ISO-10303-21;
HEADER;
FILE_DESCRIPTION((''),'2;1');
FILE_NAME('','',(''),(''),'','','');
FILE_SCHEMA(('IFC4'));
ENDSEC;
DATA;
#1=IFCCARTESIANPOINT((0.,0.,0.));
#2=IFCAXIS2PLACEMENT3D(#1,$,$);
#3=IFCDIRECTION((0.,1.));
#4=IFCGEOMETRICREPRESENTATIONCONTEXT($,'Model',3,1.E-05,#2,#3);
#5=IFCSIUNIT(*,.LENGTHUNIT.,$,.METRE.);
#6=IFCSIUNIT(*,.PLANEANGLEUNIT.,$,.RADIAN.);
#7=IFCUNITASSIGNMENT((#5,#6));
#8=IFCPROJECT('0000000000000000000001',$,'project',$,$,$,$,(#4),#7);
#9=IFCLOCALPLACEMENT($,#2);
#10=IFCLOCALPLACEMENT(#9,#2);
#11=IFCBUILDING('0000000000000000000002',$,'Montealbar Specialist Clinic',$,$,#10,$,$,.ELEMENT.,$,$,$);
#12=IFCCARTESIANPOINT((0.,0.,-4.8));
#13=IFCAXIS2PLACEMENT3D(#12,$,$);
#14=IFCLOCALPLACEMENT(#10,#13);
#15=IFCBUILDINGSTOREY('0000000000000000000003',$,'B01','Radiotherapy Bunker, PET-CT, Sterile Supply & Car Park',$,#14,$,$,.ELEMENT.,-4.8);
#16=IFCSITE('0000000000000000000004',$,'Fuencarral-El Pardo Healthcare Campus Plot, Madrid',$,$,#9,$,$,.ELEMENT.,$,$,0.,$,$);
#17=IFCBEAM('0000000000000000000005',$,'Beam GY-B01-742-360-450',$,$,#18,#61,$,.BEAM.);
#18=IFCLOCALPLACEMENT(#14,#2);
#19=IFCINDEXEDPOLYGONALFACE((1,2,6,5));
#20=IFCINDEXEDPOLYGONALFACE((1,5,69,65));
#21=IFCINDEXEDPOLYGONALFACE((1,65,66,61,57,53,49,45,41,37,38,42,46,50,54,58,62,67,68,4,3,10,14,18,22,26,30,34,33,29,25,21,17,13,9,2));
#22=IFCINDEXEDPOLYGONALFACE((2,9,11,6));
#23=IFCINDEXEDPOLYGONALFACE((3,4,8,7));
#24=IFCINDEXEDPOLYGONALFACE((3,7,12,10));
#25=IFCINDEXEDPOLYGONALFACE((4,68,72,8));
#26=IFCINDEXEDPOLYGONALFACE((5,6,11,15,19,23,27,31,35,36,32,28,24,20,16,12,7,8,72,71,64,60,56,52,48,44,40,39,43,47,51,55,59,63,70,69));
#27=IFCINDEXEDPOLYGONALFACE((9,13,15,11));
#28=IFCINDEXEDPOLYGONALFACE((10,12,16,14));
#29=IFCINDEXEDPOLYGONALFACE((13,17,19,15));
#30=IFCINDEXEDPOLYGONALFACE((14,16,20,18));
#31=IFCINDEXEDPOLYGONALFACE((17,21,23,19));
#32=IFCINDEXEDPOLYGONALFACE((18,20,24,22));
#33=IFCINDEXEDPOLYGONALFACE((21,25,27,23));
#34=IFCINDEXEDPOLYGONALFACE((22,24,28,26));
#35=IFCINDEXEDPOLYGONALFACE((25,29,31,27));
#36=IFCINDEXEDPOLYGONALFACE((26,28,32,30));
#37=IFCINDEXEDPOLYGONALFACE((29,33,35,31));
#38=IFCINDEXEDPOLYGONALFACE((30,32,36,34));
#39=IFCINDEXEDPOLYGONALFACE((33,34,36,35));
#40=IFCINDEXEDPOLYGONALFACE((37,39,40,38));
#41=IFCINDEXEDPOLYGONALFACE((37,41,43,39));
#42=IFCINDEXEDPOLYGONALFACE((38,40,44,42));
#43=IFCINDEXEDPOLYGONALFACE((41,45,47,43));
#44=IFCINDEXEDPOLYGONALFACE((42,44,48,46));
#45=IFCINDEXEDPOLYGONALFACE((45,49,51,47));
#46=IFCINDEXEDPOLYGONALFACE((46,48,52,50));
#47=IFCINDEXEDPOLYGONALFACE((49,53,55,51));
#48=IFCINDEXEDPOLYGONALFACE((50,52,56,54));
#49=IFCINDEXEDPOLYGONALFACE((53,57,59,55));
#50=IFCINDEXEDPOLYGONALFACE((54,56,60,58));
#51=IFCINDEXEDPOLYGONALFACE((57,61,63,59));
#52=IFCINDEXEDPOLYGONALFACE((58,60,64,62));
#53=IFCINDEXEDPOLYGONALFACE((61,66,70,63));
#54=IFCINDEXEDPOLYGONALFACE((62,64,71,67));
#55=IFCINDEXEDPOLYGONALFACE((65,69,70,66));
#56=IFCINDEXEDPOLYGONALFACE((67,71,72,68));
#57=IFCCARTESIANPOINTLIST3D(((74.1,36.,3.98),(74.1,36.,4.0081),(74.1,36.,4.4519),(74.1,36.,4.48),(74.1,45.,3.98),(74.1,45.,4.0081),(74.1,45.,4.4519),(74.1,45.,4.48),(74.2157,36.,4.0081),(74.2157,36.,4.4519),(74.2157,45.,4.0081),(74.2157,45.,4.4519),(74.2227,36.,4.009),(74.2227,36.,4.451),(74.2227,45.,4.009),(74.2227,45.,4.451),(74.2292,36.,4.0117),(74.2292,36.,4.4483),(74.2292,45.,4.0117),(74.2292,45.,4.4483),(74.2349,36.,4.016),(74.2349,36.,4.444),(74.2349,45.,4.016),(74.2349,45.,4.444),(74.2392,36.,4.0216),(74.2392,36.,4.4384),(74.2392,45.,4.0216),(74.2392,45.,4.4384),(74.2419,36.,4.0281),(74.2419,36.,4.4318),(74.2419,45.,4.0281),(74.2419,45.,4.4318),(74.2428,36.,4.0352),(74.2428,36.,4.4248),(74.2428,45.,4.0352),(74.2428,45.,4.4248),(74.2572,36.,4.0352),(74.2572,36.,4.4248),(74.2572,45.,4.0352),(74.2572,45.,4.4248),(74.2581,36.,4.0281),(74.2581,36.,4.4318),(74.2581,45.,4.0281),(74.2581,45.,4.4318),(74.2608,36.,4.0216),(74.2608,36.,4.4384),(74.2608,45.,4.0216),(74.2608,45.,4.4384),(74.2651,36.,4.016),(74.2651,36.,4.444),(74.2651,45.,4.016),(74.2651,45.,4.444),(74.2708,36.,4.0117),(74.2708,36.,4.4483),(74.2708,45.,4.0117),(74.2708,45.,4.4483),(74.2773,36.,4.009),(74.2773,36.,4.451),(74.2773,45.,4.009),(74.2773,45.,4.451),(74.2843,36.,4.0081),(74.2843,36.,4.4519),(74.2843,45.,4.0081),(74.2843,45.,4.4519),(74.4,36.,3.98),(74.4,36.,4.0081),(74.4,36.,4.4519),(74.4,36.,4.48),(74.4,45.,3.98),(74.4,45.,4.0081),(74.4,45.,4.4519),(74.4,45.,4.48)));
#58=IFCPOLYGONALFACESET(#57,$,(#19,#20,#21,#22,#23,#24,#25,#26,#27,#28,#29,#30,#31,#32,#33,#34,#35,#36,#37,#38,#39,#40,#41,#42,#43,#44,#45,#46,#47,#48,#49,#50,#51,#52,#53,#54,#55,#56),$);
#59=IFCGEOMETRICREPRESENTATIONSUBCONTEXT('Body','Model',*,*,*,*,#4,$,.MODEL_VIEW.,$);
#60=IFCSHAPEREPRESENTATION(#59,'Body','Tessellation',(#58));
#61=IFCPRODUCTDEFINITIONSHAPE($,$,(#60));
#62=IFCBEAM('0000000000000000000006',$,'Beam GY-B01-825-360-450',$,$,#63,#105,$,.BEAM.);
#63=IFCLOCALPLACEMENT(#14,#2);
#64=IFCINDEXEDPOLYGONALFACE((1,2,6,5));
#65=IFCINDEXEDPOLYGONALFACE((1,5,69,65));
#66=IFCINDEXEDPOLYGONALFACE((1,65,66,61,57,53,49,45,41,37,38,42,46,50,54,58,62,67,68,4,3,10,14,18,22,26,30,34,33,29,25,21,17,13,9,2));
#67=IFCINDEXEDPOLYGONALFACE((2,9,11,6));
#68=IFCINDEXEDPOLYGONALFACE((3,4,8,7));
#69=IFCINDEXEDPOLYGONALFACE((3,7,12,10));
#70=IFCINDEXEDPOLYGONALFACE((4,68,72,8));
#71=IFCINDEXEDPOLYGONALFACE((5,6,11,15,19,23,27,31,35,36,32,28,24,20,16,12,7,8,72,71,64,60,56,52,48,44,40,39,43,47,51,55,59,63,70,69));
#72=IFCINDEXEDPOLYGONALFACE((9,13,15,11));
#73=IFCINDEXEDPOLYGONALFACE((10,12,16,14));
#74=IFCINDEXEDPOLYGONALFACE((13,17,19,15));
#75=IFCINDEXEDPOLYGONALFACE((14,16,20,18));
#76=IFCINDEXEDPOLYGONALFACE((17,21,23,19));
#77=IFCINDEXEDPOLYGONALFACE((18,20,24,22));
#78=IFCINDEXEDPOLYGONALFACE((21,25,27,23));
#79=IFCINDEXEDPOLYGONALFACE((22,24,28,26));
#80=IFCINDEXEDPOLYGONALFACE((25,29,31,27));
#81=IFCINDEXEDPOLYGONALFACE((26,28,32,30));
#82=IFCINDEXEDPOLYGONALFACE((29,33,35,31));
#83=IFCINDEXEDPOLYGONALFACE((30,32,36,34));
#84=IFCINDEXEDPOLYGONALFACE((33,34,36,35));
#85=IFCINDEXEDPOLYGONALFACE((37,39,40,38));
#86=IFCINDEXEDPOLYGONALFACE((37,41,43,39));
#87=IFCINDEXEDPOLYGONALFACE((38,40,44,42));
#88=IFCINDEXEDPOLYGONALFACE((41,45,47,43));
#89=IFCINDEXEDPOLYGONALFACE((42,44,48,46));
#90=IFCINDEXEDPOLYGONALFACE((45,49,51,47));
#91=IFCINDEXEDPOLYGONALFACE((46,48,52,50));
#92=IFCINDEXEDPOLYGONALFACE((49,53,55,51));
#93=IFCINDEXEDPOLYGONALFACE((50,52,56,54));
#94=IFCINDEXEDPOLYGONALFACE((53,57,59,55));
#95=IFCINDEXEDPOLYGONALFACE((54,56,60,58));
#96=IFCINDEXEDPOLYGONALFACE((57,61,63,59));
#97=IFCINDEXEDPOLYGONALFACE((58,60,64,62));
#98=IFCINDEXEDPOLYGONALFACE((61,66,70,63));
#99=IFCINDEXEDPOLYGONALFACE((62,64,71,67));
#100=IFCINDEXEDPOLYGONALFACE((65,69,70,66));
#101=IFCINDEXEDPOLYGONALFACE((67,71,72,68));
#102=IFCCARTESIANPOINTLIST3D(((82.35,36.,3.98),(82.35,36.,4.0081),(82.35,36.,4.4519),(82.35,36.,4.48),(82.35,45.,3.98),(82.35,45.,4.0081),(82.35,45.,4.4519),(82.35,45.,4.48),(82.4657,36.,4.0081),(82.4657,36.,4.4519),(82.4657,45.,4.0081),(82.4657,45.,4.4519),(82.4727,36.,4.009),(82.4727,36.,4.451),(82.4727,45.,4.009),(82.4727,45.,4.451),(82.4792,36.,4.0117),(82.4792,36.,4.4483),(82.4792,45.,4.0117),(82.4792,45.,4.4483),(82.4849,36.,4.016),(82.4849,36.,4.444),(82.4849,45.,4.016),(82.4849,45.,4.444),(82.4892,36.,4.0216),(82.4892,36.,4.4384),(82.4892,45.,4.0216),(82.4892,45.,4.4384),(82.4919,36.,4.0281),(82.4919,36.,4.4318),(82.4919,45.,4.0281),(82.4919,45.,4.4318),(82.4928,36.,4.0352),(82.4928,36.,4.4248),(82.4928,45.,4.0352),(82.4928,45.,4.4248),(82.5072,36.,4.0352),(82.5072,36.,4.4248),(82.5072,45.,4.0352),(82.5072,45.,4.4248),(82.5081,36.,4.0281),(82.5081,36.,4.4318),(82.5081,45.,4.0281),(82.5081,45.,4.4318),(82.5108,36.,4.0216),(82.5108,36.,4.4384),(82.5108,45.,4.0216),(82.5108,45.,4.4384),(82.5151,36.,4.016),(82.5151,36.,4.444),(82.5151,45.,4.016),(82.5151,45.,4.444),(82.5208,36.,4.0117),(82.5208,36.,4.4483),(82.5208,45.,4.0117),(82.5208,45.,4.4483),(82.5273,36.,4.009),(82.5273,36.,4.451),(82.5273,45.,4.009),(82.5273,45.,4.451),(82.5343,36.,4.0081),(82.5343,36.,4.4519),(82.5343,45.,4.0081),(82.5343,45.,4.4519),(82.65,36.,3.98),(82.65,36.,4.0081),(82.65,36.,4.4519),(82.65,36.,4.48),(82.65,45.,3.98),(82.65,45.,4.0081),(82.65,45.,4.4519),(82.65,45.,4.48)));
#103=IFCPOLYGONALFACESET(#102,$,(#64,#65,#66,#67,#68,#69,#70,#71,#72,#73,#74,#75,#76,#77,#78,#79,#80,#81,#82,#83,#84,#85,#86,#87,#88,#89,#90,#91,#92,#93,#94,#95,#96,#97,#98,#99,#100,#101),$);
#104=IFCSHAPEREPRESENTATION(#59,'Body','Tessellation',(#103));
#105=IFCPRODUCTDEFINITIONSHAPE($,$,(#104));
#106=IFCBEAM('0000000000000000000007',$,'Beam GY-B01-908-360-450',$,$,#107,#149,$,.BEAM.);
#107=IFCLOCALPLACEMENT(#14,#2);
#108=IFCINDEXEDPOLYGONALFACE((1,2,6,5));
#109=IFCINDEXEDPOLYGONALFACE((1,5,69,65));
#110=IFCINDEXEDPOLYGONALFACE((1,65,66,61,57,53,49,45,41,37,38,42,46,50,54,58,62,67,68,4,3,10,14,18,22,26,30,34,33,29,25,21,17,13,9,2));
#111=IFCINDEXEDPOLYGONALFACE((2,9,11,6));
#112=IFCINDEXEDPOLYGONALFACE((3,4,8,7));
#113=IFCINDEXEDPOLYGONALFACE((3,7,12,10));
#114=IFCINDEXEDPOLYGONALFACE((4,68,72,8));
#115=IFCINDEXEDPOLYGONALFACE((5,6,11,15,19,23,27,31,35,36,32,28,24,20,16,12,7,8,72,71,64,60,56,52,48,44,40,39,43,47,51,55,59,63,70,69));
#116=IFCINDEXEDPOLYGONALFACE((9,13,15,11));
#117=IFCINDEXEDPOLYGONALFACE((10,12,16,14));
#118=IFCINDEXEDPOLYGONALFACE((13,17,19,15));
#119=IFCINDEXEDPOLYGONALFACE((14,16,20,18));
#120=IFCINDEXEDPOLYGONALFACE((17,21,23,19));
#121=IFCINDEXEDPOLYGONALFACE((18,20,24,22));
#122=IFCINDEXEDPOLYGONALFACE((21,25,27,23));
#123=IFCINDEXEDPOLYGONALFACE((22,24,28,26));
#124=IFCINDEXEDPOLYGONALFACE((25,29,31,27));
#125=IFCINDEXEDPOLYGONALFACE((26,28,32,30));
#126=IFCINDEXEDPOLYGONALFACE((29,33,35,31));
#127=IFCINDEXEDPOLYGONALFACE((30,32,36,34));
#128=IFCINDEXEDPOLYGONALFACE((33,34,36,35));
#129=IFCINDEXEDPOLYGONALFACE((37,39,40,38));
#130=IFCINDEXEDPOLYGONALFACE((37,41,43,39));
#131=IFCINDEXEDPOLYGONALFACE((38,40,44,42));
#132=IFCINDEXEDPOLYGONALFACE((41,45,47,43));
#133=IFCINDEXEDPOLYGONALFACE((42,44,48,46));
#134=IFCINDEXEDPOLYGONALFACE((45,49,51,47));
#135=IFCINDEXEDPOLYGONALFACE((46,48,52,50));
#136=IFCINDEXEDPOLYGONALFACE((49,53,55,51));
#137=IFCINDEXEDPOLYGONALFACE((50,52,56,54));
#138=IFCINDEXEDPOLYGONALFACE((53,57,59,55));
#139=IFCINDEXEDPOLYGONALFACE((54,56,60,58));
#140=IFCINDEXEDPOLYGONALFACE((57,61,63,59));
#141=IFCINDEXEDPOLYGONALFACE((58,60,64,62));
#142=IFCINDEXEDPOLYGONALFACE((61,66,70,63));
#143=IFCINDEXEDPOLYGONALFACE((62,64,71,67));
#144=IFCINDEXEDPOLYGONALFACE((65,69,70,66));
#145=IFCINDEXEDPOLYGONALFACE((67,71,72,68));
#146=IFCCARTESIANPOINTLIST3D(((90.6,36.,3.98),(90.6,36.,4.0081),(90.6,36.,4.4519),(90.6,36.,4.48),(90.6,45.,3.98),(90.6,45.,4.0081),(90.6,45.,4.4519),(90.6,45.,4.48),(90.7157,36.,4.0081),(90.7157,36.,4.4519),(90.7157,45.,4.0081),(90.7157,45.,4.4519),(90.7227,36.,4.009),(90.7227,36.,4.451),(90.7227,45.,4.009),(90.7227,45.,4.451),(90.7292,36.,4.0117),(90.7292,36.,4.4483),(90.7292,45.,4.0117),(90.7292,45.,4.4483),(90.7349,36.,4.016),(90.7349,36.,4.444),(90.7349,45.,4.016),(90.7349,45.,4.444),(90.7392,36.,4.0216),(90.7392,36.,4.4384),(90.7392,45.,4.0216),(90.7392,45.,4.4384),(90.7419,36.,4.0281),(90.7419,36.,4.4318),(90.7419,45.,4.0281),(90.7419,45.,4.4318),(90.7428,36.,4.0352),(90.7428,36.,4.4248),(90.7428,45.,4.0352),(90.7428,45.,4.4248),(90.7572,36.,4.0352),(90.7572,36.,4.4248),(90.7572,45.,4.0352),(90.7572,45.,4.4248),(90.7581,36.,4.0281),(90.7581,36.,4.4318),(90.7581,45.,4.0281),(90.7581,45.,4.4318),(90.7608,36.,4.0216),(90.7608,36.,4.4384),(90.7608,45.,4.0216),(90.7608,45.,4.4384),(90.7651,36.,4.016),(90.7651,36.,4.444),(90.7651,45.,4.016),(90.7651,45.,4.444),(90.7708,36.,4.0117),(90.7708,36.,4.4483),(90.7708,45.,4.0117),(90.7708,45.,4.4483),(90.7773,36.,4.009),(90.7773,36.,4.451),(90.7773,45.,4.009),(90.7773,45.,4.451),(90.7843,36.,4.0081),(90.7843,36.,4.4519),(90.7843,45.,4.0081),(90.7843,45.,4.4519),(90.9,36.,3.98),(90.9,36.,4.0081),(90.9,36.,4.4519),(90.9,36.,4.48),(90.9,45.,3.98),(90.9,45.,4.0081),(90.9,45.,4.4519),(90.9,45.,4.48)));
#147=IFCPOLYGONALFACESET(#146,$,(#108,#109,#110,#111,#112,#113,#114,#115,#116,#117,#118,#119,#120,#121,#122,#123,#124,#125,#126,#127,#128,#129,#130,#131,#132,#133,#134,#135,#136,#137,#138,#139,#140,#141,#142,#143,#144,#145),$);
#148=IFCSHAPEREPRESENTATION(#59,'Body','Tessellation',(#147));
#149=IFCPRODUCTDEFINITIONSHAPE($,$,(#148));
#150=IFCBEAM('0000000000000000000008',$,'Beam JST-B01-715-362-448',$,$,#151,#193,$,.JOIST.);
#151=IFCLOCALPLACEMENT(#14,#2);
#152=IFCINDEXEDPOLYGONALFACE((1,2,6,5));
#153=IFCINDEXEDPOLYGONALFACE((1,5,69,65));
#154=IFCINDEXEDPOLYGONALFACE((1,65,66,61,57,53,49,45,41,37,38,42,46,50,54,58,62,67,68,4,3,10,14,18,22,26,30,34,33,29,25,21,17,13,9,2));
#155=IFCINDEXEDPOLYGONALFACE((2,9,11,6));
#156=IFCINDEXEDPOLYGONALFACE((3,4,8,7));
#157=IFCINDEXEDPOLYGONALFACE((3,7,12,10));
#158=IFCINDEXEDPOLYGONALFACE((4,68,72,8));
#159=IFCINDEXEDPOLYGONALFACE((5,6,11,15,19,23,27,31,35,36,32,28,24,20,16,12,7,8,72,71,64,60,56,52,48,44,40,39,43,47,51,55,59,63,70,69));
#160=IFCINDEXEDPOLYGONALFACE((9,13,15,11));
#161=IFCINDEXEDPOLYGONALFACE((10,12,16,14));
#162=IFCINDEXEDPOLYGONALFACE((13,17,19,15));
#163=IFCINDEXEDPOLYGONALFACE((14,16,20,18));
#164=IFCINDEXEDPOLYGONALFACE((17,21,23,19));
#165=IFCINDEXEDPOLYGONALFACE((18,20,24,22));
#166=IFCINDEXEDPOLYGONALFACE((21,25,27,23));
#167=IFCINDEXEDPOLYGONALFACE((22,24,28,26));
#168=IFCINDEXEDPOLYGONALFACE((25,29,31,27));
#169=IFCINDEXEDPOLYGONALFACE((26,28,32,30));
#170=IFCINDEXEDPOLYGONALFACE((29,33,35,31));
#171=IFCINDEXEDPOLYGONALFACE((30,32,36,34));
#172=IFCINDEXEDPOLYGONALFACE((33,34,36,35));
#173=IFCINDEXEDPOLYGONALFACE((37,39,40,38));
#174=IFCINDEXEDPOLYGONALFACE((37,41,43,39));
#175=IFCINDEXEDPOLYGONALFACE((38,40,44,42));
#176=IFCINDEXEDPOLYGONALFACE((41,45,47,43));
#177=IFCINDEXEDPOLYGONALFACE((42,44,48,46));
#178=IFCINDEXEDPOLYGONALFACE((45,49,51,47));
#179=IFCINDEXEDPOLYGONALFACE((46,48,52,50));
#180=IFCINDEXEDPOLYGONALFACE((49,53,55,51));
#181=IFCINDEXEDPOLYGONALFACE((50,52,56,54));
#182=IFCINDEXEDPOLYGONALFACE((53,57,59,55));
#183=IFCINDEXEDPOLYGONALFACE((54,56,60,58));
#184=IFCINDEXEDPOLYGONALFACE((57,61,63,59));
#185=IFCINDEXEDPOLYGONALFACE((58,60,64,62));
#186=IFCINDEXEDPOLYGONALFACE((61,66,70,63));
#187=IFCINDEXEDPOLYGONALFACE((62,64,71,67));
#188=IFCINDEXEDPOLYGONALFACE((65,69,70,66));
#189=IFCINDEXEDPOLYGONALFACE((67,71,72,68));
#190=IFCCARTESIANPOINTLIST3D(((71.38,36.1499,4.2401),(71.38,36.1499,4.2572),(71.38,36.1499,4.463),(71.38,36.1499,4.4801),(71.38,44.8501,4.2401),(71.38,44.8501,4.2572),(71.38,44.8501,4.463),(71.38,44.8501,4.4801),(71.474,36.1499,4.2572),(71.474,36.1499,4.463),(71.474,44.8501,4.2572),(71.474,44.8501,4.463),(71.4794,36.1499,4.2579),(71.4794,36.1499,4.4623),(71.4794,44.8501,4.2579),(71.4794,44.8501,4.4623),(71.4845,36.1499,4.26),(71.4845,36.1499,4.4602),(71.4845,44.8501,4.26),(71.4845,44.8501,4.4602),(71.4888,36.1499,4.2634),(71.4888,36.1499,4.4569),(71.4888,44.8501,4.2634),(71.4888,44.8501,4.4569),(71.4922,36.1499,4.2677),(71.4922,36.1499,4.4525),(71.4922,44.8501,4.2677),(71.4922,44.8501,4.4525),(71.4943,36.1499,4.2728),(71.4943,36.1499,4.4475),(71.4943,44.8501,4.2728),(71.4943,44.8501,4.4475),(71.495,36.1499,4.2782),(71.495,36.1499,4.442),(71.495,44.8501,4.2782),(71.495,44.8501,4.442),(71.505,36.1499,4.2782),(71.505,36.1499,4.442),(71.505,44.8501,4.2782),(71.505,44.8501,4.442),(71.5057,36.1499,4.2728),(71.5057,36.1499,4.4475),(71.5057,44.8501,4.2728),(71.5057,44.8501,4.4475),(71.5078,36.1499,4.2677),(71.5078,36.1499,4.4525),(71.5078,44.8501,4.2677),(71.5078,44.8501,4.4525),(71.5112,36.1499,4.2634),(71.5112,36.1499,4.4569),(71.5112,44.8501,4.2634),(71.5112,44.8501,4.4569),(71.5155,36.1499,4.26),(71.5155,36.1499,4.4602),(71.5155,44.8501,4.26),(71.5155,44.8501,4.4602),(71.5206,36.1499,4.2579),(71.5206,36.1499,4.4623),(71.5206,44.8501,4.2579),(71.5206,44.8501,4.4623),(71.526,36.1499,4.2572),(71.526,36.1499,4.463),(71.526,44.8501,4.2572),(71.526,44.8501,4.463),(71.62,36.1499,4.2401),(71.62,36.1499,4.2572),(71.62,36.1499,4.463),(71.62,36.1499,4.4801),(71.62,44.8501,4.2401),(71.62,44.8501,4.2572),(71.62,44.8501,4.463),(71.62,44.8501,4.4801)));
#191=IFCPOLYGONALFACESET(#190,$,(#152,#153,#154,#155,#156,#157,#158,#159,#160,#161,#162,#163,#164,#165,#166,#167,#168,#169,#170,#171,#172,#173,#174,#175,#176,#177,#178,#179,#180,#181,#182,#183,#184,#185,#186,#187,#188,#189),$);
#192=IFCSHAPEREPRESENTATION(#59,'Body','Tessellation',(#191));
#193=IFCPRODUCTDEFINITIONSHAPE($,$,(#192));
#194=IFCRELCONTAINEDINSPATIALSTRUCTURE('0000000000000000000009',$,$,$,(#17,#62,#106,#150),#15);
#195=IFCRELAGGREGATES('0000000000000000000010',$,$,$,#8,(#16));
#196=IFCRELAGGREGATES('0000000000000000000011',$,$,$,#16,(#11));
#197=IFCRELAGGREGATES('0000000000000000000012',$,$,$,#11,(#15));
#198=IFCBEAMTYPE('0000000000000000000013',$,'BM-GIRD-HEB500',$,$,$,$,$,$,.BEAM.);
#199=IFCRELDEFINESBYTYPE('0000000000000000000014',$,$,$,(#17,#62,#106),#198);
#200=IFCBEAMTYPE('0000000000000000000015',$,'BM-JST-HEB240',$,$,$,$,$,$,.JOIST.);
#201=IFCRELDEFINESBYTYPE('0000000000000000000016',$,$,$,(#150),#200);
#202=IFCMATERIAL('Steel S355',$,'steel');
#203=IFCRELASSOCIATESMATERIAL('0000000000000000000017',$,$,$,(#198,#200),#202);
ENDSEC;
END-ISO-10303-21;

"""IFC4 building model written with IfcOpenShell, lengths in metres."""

from ifc_helpers import new_model, si_unit, direction, frame, origin, origin_2d, place, context, subcontext, project, spatial, i_section, extrude, material, material_profile, profile_set, type_object, element, save


model = new_model("IFC4")

# Units and contexts
model_context = context("Model", 3, precision=1e-05, world=origin(), true_north=direction((0.0, 1.0)))
body_context = subcontext(model_context, "Body", "Model", "MODEL_VIEW")
ifc_project = project(units=[si_unit("LENGTHUNIT", "METRE"), si_unit("PLANEANGLEUNIT", "RADIAN")], contexts=[model_context])

# Site, building, storey
site_placement = place(None, origin())
site = spatial("IfcSite", under=ifc_project, at=site_placement, Name="Fuencarral-El Pardo Healthcare Campus Plot, Madrid", CompositionType="ELEMENT", RefElevation=0.0)
building_placement = place(site_placement, origin())
building = spatial("IfcBuilding", under=site, at=building_placement, Name="Montealbar Specialist Clinic", CompositionType="ELEMENT")
storey_placement = place(building_placement, frame((0.0, 0.0, -4.8)))
storey = spatial("IfcBuildingStorey", under=building, at=storey_placement, Name="B01", Description="Radiotherapy Bunker, PET-CT, Sterile Supply & Car Park", CompositionType="ELEMENT", Elevation=-4.8)

# Shared definitions
ifc_material_1 = material(Name="Steel S355", Category="steel")

# Beams
ifc_material_profile_1 = material_profile(ifc_material_1, i_section(OverallWidth=0.3, OverallDepth=0.5, WebThickness=0.0144, FlangeThickness=0.0281, FilletRadius=0.0271, at=origin_2d()), Name="HEB 500", Category="steel")
ifc_profile_set_1 = profile_set([ifc_material_profile_1], Name="Steel S355")
beam_type_1 = type_object("IfcBeamType", Name="BM-GIRD-HEB500", PredefinedType="BEAM", material=ifc_profile_set_1)
for number, where, z_axis, x_axis, name in (
    (1, (74.25, 36.0, 4.23), (0.0, 1.0, 0.0), (-1.0, 0.0, 0.0), "Beam GY-B01-742-360-450"),
    (2, (82.5, 36.0, 4.23), (0.0, 1.0, 0.0), (-1.0, 0.0, 0.0), "Beam GY-B01-825-360-450"),
    (3, (90.75, 36.0, 4.23), (0.0, 1.0, 0.0), (-1.0, 0.0, 0.0), "Beam GY-B01-908-360-450"),
):
    element("IfcBeam", number, at=place(storey_placement, frame(where, z_axis=z_axis, x_axis=x_axis)), inside=storey, type_object=beam_type_1, Name=name, PredefinedType="BEAM", context=body_context, shape_type="SweptSolid", body=[
        extrude(i_section(OverallWidth=0.3, OverallDepth=0.5, WebThickness=0.0144, FlangeThickness=0.0281, FilletRadius=0.0271, at=origin_2d()), origin(), (0.0, 0.0, 1.0), 9.0),
    ])
ifc_material_profile_2 = material_profile(ifc_material_1, i_section(OverallWidth=0.24, OverallDepth=0.24, WebThickness=0.01, FlangeThickness=0.0171, FilletRadius=0.021, at=origin_2d()), Name="HEB 240", Category="steel")
ifc_profile_set_2 = profile_set([ifc_material_profile_2], Name="Steel S355")
beam_type_2 = type_object("IfcBeamType", Name="BM-JST-HEB240", PredefinedType="JOIST", material=ifc_profile_set_2)
beam_1_placement = place(storey_placement, frame((71.5, 36.1499, 4.3601), z_axis=(0.0, 1.0, 0.0), x_axis=(-1.0, 0.0, 0.0)))
element("IfcBeam", 4, at=beam_1_placement, inside=storey, type_object=beam_type_2, Name="Beam JST-B01-715-362-448", PredefinedType="JOIST", context=body_context, shape_type="SweptSolid", body=[
    extrude(i_section(OverallWidth=0.24, OverallDepth=0.24, WebThickness=0.01, FlangeThickness=0.0171, FilletRadius=0.021, at=origin_2d()), origin(), (0.0, 0.0, 1.0), 8.7002),
])

save(model, "model.ifc")
